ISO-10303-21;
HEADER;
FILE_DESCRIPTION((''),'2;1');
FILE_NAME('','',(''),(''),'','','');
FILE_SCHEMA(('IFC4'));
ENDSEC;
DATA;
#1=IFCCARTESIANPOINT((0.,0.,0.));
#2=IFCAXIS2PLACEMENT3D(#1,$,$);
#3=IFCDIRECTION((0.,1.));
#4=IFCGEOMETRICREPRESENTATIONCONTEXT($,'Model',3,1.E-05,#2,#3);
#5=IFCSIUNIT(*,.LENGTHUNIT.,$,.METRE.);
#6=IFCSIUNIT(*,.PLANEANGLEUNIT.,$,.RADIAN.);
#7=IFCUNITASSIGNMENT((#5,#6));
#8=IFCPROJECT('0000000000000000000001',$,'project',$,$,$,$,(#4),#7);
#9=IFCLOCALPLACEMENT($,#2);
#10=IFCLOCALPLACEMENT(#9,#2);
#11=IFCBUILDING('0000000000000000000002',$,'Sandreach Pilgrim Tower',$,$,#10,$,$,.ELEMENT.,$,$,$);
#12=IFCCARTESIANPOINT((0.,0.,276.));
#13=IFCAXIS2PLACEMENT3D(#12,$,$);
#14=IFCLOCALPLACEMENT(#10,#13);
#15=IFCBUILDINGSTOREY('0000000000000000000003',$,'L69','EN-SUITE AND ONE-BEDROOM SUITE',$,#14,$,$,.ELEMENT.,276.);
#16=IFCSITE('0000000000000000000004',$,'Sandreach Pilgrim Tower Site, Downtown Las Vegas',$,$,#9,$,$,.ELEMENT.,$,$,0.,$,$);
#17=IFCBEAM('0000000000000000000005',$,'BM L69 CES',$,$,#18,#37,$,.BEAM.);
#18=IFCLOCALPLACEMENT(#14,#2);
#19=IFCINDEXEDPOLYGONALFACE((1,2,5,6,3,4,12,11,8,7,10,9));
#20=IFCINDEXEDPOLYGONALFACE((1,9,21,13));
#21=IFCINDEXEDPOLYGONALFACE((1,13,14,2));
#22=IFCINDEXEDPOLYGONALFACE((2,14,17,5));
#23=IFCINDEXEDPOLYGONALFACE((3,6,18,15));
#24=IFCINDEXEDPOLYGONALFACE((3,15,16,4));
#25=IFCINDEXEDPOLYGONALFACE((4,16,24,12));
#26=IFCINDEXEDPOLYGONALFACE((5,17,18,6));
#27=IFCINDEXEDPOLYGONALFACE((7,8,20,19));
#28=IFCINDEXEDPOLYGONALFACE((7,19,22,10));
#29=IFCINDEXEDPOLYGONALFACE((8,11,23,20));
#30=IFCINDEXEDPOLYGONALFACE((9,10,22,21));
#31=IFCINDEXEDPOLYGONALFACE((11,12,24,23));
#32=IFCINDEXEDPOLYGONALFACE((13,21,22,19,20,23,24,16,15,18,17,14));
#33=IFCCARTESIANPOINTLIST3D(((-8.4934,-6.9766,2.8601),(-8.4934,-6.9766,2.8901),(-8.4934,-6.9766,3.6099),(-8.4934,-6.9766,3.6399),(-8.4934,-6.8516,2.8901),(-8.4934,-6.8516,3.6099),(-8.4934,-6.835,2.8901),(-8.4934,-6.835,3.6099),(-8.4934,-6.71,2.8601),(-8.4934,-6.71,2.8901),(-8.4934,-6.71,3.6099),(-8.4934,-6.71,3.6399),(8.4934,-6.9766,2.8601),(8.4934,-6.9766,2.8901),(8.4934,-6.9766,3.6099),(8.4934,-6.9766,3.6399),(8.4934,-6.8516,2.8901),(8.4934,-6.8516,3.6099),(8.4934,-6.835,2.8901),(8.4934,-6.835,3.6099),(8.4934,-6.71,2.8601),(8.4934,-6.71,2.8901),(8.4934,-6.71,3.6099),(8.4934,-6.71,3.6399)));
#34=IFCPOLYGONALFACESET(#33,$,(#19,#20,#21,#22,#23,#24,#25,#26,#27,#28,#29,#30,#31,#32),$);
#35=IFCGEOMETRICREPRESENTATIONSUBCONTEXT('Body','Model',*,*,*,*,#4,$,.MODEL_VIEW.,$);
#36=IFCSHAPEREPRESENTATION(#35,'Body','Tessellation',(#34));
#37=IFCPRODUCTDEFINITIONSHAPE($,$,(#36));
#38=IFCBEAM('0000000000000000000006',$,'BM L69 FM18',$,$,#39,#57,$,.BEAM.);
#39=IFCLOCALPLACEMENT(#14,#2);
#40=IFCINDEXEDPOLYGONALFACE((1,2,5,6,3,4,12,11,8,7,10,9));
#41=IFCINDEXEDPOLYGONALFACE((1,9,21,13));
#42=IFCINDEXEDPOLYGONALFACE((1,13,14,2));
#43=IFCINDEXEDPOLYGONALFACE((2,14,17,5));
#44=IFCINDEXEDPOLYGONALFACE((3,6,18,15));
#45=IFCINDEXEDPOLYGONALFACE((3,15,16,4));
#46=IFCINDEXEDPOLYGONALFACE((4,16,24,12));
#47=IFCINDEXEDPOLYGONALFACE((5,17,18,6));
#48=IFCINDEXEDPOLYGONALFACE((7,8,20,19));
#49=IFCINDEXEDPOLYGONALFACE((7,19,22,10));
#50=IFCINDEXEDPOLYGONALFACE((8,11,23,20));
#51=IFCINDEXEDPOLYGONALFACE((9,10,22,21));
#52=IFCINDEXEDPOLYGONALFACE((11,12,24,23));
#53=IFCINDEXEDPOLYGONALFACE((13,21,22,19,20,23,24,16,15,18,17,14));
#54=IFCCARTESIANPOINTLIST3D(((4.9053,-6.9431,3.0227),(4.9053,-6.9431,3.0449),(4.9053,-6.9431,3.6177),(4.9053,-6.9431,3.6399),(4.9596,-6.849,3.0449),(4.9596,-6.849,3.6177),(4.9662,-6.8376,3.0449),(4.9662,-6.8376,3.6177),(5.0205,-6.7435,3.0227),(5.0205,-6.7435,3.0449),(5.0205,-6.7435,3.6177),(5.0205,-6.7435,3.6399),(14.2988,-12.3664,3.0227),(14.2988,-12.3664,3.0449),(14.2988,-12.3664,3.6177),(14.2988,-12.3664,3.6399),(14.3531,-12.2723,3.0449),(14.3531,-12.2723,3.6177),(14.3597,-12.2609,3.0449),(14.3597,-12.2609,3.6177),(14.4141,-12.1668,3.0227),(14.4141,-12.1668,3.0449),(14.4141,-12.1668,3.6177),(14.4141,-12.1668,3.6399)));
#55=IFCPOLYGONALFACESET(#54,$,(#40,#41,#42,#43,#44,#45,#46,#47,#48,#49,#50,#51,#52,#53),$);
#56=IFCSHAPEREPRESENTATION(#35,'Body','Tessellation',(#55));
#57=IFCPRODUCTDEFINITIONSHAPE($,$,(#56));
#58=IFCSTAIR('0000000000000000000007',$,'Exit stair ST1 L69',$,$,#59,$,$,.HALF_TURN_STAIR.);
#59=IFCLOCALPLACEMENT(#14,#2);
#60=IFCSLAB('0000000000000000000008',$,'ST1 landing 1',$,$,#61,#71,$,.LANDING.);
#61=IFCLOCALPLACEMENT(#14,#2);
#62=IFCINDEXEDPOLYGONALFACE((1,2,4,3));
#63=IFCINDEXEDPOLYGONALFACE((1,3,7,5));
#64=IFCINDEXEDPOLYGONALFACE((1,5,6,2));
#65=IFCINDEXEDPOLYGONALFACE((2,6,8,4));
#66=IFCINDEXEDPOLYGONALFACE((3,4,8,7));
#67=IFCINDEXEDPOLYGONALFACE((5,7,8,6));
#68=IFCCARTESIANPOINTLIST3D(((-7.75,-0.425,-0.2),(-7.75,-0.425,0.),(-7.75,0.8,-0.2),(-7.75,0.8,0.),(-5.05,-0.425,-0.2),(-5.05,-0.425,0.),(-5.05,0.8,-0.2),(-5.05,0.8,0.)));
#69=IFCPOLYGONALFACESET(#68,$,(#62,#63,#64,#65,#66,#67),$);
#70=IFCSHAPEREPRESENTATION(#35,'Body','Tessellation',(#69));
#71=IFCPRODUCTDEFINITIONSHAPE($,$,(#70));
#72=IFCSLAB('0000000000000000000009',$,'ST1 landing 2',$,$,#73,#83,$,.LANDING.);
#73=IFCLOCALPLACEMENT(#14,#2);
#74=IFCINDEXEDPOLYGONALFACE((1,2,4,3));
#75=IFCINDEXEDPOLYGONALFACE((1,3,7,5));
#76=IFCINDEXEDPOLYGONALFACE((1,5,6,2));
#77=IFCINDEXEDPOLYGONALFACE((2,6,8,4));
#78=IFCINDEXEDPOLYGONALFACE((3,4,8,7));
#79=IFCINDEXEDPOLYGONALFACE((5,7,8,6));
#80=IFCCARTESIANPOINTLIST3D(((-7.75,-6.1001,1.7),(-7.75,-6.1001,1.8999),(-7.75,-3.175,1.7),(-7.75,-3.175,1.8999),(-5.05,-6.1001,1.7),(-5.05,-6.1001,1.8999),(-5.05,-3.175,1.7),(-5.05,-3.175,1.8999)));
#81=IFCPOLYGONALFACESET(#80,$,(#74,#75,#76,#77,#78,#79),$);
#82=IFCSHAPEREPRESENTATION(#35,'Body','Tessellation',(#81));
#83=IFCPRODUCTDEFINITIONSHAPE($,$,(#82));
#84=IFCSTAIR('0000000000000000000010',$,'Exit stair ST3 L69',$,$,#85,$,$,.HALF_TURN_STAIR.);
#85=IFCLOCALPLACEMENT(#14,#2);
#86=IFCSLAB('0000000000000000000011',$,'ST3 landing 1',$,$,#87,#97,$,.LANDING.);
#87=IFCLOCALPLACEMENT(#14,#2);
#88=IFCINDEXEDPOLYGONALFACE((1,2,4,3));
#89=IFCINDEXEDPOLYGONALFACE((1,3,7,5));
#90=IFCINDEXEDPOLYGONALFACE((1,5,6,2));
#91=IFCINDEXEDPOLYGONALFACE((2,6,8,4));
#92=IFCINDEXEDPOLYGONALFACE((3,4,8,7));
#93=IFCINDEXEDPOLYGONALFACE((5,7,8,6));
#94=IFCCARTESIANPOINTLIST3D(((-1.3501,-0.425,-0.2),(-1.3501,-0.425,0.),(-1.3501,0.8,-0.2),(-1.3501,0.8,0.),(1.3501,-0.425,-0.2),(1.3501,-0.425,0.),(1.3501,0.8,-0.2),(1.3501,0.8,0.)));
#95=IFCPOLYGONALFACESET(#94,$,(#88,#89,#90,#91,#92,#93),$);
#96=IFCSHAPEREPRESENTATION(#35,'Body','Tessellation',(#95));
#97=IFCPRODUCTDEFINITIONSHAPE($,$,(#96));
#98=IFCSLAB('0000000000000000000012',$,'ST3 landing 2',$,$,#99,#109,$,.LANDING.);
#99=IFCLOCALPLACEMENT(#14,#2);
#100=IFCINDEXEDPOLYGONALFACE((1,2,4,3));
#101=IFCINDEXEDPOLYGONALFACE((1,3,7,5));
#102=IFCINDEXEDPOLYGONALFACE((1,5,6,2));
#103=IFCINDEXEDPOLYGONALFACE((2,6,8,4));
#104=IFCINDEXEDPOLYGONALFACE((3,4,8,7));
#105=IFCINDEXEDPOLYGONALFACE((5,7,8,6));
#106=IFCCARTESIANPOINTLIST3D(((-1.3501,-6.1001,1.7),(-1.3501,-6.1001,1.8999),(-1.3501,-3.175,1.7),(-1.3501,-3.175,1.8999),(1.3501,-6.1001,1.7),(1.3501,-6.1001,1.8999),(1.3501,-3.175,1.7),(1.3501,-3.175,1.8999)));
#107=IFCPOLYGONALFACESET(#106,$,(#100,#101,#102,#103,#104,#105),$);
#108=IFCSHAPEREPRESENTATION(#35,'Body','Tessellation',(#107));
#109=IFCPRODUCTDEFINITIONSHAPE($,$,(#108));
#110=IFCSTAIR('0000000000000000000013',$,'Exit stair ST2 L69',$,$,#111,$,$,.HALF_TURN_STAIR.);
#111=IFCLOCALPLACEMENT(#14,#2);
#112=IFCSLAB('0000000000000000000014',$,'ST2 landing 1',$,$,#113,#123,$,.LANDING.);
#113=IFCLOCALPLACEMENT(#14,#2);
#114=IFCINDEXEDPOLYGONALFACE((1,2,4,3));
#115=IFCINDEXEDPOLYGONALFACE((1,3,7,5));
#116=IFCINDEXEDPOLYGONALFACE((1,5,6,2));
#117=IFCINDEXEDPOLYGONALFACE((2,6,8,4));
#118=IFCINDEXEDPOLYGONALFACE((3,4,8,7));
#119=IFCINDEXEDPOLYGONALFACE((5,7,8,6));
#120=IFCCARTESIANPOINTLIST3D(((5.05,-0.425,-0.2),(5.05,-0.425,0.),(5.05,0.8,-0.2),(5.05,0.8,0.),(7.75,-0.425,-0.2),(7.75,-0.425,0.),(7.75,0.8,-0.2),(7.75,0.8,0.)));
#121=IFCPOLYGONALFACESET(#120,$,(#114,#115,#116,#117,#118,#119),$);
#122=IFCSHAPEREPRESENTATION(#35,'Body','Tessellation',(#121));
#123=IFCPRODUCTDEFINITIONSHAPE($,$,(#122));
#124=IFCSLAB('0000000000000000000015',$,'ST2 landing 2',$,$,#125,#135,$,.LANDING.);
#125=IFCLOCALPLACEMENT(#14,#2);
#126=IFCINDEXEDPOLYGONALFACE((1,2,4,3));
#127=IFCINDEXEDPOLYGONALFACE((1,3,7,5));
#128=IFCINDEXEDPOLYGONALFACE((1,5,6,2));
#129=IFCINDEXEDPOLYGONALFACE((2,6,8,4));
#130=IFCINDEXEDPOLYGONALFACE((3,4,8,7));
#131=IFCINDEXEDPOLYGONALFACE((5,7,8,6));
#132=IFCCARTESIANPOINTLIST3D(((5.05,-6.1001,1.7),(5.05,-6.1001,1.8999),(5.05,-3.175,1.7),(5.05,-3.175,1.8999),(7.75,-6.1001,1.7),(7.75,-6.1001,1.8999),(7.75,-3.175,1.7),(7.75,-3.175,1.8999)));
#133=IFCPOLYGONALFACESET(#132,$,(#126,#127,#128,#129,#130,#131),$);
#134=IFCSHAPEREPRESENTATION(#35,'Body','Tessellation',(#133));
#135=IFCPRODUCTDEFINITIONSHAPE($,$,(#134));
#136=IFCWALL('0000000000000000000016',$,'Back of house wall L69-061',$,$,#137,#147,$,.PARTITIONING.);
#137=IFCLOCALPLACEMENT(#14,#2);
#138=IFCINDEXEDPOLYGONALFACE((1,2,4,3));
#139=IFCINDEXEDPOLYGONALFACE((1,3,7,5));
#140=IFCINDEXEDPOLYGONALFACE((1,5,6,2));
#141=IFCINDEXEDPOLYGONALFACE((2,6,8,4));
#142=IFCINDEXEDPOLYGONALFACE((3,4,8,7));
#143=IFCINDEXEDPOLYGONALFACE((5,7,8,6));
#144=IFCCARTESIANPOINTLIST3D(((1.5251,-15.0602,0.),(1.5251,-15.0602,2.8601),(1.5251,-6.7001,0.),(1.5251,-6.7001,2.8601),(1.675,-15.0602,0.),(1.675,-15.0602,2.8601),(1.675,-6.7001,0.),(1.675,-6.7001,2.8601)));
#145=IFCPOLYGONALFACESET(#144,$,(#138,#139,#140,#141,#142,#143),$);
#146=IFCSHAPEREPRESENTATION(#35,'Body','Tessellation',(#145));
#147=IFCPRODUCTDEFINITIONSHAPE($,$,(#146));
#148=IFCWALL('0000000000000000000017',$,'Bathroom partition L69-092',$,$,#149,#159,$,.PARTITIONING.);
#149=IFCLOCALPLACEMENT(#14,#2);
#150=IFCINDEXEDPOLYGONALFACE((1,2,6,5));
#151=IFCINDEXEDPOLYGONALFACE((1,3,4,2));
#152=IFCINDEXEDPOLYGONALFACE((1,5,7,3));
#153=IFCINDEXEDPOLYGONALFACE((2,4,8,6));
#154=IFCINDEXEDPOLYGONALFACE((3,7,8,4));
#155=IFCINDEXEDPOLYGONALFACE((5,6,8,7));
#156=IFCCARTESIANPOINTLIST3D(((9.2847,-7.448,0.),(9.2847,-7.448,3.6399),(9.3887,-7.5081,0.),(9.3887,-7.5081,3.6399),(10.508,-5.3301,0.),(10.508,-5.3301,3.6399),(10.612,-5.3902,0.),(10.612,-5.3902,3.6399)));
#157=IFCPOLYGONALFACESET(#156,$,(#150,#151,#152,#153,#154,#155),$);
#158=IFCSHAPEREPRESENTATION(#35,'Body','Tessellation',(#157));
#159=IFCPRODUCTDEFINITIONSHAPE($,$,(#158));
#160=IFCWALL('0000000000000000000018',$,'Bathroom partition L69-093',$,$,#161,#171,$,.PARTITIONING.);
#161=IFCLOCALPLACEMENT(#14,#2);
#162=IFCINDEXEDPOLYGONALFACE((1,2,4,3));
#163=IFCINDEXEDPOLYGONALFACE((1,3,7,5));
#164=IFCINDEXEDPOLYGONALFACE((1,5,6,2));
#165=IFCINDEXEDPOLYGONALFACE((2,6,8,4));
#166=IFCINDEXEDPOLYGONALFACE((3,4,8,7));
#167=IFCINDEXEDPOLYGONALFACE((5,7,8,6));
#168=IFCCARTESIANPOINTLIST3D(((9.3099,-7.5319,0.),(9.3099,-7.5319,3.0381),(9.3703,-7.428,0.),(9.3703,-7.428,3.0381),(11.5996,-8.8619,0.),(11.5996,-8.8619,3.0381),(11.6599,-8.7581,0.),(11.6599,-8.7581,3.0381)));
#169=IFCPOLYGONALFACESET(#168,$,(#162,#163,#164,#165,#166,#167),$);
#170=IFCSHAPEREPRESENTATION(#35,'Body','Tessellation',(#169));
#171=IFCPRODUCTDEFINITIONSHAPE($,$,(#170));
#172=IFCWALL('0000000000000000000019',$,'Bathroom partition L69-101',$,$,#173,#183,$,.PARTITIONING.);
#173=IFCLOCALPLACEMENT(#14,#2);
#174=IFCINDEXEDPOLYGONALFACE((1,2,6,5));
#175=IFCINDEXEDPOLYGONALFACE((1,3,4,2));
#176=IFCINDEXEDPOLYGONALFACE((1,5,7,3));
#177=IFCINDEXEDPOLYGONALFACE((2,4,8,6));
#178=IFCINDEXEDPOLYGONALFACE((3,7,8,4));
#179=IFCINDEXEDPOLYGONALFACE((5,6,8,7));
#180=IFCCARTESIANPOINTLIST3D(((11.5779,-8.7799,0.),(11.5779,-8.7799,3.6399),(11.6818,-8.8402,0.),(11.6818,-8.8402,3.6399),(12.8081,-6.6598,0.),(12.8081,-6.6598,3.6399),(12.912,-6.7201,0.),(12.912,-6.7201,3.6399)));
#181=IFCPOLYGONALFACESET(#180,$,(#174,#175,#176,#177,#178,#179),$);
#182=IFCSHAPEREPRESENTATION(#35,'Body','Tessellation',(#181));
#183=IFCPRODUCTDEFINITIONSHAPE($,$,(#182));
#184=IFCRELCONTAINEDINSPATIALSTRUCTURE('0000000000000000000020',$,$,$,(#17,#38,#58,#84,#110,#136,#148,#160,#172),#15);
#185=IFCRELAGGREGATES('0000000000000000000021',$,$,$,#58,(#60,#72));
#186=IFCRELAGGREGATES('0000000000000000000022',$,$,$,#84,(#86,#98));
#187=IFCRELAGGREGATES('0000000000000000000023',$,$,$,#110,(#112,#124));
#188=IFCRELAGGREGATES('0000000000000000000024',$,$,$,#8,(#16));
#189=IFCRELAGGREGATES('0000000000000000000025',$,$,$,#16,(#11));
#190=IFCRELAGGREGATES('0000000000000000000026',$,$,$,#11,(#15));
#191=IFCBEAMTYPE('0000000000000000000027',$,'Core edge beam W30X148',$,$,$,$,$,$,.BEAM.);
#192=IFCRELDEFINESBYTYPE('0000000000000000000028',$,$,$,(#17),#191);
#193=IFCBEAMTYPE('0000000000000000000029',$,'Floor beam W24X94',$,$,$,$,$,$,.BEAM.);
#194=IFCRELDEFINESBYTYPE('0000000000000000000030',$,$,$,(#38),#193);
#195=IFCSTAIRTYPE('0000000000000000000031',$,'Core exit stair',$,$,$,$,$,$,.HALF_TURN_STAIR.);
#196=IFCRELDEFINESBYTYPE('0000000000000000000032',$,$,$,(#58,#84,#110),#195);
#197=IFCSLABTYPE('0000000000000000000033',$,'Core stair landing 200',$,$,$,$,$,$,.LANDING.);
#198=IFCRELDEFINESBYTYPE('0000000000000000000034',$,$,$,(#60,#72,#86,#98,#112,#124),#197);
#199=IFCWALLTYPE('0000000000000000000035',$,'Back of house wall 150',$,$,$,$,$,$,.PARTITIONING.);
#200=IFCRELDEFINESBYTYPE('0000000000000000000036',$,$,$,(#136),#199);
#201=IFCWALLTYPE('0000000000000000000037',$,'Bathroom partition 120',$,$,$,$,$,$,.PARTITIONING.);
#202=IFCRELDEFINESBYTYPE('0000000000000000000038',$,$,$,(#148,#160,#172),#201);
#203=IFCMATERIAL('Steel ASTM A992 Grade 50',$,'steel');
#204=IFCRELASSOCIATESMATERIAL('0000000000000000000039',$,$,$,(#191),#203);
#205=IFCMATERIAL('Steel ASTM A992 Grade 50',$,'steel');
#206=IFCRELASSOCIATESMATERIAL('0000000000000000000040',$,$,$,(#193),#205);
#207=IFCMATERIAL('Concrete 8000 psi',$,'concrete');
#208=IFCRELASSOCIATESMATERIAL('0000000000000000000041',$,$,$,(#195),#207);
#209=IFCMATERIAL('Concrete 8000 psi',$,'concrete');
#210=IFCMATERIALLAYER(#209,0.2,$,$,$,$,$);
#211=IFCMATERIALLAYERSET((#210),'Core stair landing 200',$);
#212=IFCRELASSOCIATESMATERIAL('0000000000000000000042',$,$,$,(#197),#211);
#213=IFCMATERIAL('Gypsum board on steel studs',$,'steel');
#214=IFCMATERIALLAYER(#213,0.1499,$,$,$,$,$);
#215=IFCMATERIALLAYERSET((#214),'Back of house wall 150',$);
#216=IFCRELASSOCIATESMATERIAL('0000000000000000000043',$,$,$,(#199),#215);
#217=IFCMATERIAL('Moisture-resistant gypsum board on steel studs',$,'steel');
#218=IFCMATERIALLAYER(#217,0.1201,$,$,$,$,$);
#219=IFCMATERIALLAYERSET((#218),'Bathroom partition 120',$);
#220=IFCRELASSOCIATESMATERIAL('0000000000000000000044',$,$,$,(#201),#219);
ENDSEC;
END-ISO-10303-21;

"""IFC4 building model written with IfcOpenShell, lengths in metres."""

from ifc_helpers import new_model, si_unit, direction, frame, frame_2d, origin, origin_2d, place, context, subcontext, project, spatial, polyline, rectangle, i_section, outline, extrude, material, layer, layer_set, material_profile, profile_set, type_object, element, aggregate, save


model = new_model("IFC4")

# Units and contexts
model_context = context("Model", 3, precision=1e-05, world=origin(), true_north=direction((0.0, 1.0)))
body_context = subcontext(model_context, "Body", "Model", "MODEL_VIEW")
ifc_project = project(units=[si_unit("LENGTHUNIT", "METRE"), si_unit("PLANEANGLEUNIT", "RADIAN")], contexts=[model_context])

# Site, building, storey
site_placement = place(None, origin())
site = spatial("IfcSite", under=ifc_project, at=site_placement, Name="Sandreach Pilgrim Tower Site, Downtown Las Vegas", CompositionType="ELEMENT", RefElevation=0.0)
building_placement = place(site_placement, origin())
building = spatial("IfcBuilding", under=site, at=building_placement, Name="Sandreach Pilgrim Tower", CompositionType="ELEMENT")
storey_placement = place(building_placement, frame((0.0, 0.0, 276.0)))
storey = spatial("IfcBuildingStorey", under=building, at=storey_placement, Name="L69", Description="EN-SUITE AND ONE-BEDROOM SUITE", CompositionType="ELEMENT", Elevation=276.0)

# Beams
ifc_material_1 = material(Name="Steel ASTM A992 Grade 50", Category="steel")
ifc_material_profile_1 = material_profile(ifc_material_1, i_section(OverallWidth=0.2666, OverallDepth=0.7798, WebThickness=0.0166, FlangeThickness=0.03, at=origin_2d()), Name="W30X148")
ifc_profile_set_1 = profile_set([ifc_material_profile_1], Name="Steel ASTM A992 Grade 50")
beam_type_1 = type_object("IfcBeamType", Name="Core edge beam W30X148", PredefinedType="BEAM", material=ifc_profile_set_1)
beam_1_placement = place(storey_placement, frame((8.4934, -6.8433, 3.25), z_axis=(-1.0, 0.0, 0.0), x_axis=(0.0, -1.0, 0.0)))
element("IfcBeam", 1, at=beam_1_placement, inside=storey, type_object=beam_type_1, Name="BM L69 CES", PredefinedType="BEAM", context=body_context, shape_type="SweptSolid", body=[
    extrude(i_section(OverallWidth=0.2666, OverallDepth=0.7798, WebThickness=0.0166, FlangeThickness=0.03, at=origin_2d()), origin(), (0.0, 0.0, 1.0), 16.9868),
])
ifc_material_2 = material(Name="Steel ASTM A992 Grade 50", Category="steel")
ifc_material_profile_2 = material_profile(ifc_material_2, i_section(OverallWidth=0.2305, OverallDepth=0.6172, WebThickness=0.0132, FlangeThickness=0.0222, at=origin_2d()), Name="W24X94")
ifc_profile_set_2 = profile_set([ifc_material_profile_2], Name="Steel ASTM A992 Grade 50")
beam_type_2 = type_object("IfcBeamType", Name="Floor beam W24X94", PredefinedType="BEAM", material=ifc_profile_set_2)
beam_2_placement = place(storey_placement, frame((14.3564, -12.2666, 3.3313), z_axis=(-0.866027, 0.499998, 0.0), x_axis=(-0.499998, -0.866027, 0.0)))
element("IfcBeam", 2, at=beam_2_placement, inside=storey, type_object=beam_type_2, Name="BM L69 FM18", PredefinedType="BEAM", context=body_context, shape_type="SweptSolid", body=[
    extrude(i_section(OverallWidth=0.2305, OverallDepth=0.6172, WebThickness=0.0132, FlangeThickness=0.0222, at=origin_2d()), origin(), (0.0, 0.0, 1.0), 10.8467),
])

# Stairs, slabs
ifc_material_3 = material(Name="Concrete 8000 psi", Category="concrete")
stair_type = type_object("IfcStairType", Name="Core exit stair", PredefinedType="HALF_TURN_STAIR", material=ifc_material_3)
stair_1_placement = place(storey_placement, origin())
stair_1 = element("IfcStair", 3, at=stair_1_placement, inside=storey, type_object=stair_type, Name="Exit stair ST1 L69", PredefinedType="HALF_TURN_STAIR")
ifc_material_4 = material(Name="Concrete 8000 psi", Category="concrete")
ifc_layer_1 = layer(ifc_material_4, 0.2)
ifc_layer_set_1 = layer_set([ifc_layer_1], Name="Core stair landing 200")
slab_type = type_object("IfcSlabType", Name="Core stair landing 200", PredefinedType="LANDING", material=ifc_layer_set_1)
slab_1_placement = place(storey_placement, frame((0.0, 0.0, -0.2)))
slab_1 = element("IfcSlab", 4, at=slab_1_placement, type_object=slab_type, Name="ST1 landing 1", PredefinedType="LANDING", context=body_context, shape_type="SweptSolid", body=[
    extrude(outline(polyline([(-7.75, -0.425), (-5.05, -0.425), (-5.05, 0.8), (-7.75, 0.8), (-7.75, -0.425)])), origin(), (0.0, 0.0, 1.0), 0.2),
])
slab_2_placement = place(storey_placement, frame((0.0, 0.0, 1.7)))
slab_2 = element("IfcSlab", 5, at=slab_2_placement, type_object=slab_type, Name="ST1 landing 2", PredefinedType="LANDING", context=body_context, shape_type="SweptSolid", body=[
    extrude(outline(polyline([(-7.75, -6.1001), (-5.05, -6.1001), (-5.05, -3.175), (-7.75, -3.175), (-7.75, -6.1001)])), origin(), (0.0, 0.0, 1.0), 0.2),
])
aggregate(stair_1, [slab_1, slab_2])
stair_2_placement = place(storey_placement, origin())
stair_2 = element("IfcStair", 6, at=stair_2_placement, inside=storey, type_object=stair_type, Name="Exit stair ST3 L69", PredefinedType="HALF_TURN_STAIR")
slab_3_placement = place(storey_placement, frame((0.0, 0.0, -0.2)))
slab_3 = element("IfcSlab", 7, at=slab_3_placement, type_object=slab_type, Name="ST3 landing 1", PredefinedType="LANDING", context=body_context, shape_type="SweptSolid", body=[
    extrude(outline(polyline([(-1.3501, -0.425), (1.3501, -0.425), (1.3501, 0.8), (-1.3501, 0.8), (-1.3501, -0.425)])), origin(), (0.0, 0.0, 1.0), 0.2),
])
slab_4_placement = place(storey_placement, frame((0.0, 0.0, 1.7)))
slab_4 = element("IfcSlab", 8, at=slab_4_placement, type_object=slab_type, Name="ST3 landing 2", PredefinedType="LANDING", context=body_context, shape_type="SweptSolid", body=[
    extrude(outline(polyline([(-1.3501, -6.1001), (1.3501, -6.1001), (1.3501, -3.175), (-1.3501, -3.175), (-1.3501, -6.1001)])), origin(), (0.0, 0.0, 1.0), 0.2),
])
stair_3_placement = place(storey_placement, origin())
stair_3 = element("IfcStair", 9, at=stair_3_placement, inside=storey, type_object=stair_type, Name="Exit stair ST2 L69", PredefinedType="HALF_TURN_STAIR")
slab_5_placement = place(storey_placement, frame((0.0, 0.0, -0.2)))
slab_5 = element("IfcSlab", 10, at=slab_5_placement, type_object=slab_type, Name="ST2 landing 1", PredefinedType="LANDING", context=body_context, shape_type="SweptSolid", body=[
    extrude(outline(polyline([(5.05, -0.425), (7.75, -0.425), (7.75, 0.8), (5.05, 0.8), (5.05, -0.425)])), origin(), (0.0, 0.0, 1.0), 0.2),
])
slab_6_placement = place(storey_placement, frame((0.0, 0.0, 1.7)))
slab_6 = element("IfcSlab", 11, at=slab_6_placement, type_object=slab_type, Name="ST2 landing 2", PredefinedType="LANDING", context=body_context, shape_type="SweptSolid", body=[
    extrude(outline(polyline([(5.05, -6.1001), (7.75, -6.1001), (7.75, -3.175), (5.05, -3.175), (5.05, -6.1001)])), origin(), (0.0, 0.0, 1.0), 0.2),
])

# Walls
ifc_material_5 = material(Name="Gypsum board on steel studs", Category="steel")
ifc_layer_2 = layer(ifc_material_5, 0.1499)
ifc_layer_set_2 = layer_set([ifc_layer_2], Name="Back of house wall 150")
wall_type_1 = type_object("IfcWallType", Name="Back of house wall 150", PredefinedType="PARTITIONING", material=ifc_layer_set_2)
wall_1_placement = place(storey_placement, frame((1.6001, -6.7, 0.0), z_axis=(0.0, 0.0, 1.0), x_axis=(0.0, -1.0, 0.0)))
element("IfcWall", 12, at=wall_1_placement, inside=storey, type_object=wall_type_1, Name="Back of house wall L69-061", PredefinedType="PARTITIONING", context=body_context, shape_type="SweptSolid", body=[
    extrude(rectangle(XDim=8.3601, YDim=0.1499, at=frame_2d((4.1802, 0.0))), origin(), (0.0, 0.0, 1.0), 2.8601),
])
ifc_material_6 = material(Name="Moisture-resistant gypsum board on steel studs", Category="steel")
ifc_layer_3 = layer(ifc_material_6, 0.1201)
ifc_layer_set_3 = layer_set([ifc_layer_3], Name="Bathroom partition 120")
wall_type_2 = type_object("IfcWallType", Name="Bathroom partition 120", PredefinedType="PARTITIONING", material=ifc_layer_set_3)
wall_2_placement = place(storey_placement, frame((9.3367, -7.478, 0.0), z_axis=(0.0, 0.0, 1.0), x_axis=(0.500186, 0.865918, 0.0)))
element("IfcWall", 13, at=wall_2_placement, inside=storey, type_object=wall_type_2, Name="Bathroom partition L69-092", PredefinedType="PARTITIONING", context=body_context, shape_type="SweptSolid", body=[
    extrude(rectangle(XDim=2.4458, YDim=0.1201, at=frame_2d((1.2229, 0.0))), origin(), (0.0, 0.0, 1.0), 3.6399),
])
wall_3_placement = place(storey_placement, frame((9.3401, -7.48, 0.0), z_axis=(0.0, 0.0, 1.0), x_axis=(0.864704, -0.502282, 0.0)))
element("IfcWall", 14, at=wall_3_placement, inside=storey, type_object=wall_type_2, Name="Bathroom partition L69-093", PredefinedType="PARTITIONING", context=body_context, shape_type="SweptSolid", body=[
    extrude(rectangle(XDim=2.6479, YDim=0.1201, at=frame_2d((1.324, 0.0))), origin(), (0.0, 0.0, 1.0), 3.0381),
])
wall_4_placement = place(storey_placement, frame((11.6299, -8.8101, 0.0), z_axis=(0.0, 0.0, 1.0), x_axis=(0.501888, 0.864933, 0.0)))
element("IfcWall", 15, at=wall_4_placement, inside=storey, type_object=wall_type_2, Name="Bathroom partition L69-101", PredefinedType="PARTITIONING", context=body_context, shape_type="SweptSolid", body=[
    extrude(rectangle(XDim=2.4512, YDim=0.1201, at=frame_2d((1.2256, 0.0))), origin(), (0.0, 0.0, 1.0), 3.6399),
])

aggregate(stair_2, [slab_3, slab_4])
aggregate(stair_3, [slab_5, slab_6])

save(model, "model.ifc")
